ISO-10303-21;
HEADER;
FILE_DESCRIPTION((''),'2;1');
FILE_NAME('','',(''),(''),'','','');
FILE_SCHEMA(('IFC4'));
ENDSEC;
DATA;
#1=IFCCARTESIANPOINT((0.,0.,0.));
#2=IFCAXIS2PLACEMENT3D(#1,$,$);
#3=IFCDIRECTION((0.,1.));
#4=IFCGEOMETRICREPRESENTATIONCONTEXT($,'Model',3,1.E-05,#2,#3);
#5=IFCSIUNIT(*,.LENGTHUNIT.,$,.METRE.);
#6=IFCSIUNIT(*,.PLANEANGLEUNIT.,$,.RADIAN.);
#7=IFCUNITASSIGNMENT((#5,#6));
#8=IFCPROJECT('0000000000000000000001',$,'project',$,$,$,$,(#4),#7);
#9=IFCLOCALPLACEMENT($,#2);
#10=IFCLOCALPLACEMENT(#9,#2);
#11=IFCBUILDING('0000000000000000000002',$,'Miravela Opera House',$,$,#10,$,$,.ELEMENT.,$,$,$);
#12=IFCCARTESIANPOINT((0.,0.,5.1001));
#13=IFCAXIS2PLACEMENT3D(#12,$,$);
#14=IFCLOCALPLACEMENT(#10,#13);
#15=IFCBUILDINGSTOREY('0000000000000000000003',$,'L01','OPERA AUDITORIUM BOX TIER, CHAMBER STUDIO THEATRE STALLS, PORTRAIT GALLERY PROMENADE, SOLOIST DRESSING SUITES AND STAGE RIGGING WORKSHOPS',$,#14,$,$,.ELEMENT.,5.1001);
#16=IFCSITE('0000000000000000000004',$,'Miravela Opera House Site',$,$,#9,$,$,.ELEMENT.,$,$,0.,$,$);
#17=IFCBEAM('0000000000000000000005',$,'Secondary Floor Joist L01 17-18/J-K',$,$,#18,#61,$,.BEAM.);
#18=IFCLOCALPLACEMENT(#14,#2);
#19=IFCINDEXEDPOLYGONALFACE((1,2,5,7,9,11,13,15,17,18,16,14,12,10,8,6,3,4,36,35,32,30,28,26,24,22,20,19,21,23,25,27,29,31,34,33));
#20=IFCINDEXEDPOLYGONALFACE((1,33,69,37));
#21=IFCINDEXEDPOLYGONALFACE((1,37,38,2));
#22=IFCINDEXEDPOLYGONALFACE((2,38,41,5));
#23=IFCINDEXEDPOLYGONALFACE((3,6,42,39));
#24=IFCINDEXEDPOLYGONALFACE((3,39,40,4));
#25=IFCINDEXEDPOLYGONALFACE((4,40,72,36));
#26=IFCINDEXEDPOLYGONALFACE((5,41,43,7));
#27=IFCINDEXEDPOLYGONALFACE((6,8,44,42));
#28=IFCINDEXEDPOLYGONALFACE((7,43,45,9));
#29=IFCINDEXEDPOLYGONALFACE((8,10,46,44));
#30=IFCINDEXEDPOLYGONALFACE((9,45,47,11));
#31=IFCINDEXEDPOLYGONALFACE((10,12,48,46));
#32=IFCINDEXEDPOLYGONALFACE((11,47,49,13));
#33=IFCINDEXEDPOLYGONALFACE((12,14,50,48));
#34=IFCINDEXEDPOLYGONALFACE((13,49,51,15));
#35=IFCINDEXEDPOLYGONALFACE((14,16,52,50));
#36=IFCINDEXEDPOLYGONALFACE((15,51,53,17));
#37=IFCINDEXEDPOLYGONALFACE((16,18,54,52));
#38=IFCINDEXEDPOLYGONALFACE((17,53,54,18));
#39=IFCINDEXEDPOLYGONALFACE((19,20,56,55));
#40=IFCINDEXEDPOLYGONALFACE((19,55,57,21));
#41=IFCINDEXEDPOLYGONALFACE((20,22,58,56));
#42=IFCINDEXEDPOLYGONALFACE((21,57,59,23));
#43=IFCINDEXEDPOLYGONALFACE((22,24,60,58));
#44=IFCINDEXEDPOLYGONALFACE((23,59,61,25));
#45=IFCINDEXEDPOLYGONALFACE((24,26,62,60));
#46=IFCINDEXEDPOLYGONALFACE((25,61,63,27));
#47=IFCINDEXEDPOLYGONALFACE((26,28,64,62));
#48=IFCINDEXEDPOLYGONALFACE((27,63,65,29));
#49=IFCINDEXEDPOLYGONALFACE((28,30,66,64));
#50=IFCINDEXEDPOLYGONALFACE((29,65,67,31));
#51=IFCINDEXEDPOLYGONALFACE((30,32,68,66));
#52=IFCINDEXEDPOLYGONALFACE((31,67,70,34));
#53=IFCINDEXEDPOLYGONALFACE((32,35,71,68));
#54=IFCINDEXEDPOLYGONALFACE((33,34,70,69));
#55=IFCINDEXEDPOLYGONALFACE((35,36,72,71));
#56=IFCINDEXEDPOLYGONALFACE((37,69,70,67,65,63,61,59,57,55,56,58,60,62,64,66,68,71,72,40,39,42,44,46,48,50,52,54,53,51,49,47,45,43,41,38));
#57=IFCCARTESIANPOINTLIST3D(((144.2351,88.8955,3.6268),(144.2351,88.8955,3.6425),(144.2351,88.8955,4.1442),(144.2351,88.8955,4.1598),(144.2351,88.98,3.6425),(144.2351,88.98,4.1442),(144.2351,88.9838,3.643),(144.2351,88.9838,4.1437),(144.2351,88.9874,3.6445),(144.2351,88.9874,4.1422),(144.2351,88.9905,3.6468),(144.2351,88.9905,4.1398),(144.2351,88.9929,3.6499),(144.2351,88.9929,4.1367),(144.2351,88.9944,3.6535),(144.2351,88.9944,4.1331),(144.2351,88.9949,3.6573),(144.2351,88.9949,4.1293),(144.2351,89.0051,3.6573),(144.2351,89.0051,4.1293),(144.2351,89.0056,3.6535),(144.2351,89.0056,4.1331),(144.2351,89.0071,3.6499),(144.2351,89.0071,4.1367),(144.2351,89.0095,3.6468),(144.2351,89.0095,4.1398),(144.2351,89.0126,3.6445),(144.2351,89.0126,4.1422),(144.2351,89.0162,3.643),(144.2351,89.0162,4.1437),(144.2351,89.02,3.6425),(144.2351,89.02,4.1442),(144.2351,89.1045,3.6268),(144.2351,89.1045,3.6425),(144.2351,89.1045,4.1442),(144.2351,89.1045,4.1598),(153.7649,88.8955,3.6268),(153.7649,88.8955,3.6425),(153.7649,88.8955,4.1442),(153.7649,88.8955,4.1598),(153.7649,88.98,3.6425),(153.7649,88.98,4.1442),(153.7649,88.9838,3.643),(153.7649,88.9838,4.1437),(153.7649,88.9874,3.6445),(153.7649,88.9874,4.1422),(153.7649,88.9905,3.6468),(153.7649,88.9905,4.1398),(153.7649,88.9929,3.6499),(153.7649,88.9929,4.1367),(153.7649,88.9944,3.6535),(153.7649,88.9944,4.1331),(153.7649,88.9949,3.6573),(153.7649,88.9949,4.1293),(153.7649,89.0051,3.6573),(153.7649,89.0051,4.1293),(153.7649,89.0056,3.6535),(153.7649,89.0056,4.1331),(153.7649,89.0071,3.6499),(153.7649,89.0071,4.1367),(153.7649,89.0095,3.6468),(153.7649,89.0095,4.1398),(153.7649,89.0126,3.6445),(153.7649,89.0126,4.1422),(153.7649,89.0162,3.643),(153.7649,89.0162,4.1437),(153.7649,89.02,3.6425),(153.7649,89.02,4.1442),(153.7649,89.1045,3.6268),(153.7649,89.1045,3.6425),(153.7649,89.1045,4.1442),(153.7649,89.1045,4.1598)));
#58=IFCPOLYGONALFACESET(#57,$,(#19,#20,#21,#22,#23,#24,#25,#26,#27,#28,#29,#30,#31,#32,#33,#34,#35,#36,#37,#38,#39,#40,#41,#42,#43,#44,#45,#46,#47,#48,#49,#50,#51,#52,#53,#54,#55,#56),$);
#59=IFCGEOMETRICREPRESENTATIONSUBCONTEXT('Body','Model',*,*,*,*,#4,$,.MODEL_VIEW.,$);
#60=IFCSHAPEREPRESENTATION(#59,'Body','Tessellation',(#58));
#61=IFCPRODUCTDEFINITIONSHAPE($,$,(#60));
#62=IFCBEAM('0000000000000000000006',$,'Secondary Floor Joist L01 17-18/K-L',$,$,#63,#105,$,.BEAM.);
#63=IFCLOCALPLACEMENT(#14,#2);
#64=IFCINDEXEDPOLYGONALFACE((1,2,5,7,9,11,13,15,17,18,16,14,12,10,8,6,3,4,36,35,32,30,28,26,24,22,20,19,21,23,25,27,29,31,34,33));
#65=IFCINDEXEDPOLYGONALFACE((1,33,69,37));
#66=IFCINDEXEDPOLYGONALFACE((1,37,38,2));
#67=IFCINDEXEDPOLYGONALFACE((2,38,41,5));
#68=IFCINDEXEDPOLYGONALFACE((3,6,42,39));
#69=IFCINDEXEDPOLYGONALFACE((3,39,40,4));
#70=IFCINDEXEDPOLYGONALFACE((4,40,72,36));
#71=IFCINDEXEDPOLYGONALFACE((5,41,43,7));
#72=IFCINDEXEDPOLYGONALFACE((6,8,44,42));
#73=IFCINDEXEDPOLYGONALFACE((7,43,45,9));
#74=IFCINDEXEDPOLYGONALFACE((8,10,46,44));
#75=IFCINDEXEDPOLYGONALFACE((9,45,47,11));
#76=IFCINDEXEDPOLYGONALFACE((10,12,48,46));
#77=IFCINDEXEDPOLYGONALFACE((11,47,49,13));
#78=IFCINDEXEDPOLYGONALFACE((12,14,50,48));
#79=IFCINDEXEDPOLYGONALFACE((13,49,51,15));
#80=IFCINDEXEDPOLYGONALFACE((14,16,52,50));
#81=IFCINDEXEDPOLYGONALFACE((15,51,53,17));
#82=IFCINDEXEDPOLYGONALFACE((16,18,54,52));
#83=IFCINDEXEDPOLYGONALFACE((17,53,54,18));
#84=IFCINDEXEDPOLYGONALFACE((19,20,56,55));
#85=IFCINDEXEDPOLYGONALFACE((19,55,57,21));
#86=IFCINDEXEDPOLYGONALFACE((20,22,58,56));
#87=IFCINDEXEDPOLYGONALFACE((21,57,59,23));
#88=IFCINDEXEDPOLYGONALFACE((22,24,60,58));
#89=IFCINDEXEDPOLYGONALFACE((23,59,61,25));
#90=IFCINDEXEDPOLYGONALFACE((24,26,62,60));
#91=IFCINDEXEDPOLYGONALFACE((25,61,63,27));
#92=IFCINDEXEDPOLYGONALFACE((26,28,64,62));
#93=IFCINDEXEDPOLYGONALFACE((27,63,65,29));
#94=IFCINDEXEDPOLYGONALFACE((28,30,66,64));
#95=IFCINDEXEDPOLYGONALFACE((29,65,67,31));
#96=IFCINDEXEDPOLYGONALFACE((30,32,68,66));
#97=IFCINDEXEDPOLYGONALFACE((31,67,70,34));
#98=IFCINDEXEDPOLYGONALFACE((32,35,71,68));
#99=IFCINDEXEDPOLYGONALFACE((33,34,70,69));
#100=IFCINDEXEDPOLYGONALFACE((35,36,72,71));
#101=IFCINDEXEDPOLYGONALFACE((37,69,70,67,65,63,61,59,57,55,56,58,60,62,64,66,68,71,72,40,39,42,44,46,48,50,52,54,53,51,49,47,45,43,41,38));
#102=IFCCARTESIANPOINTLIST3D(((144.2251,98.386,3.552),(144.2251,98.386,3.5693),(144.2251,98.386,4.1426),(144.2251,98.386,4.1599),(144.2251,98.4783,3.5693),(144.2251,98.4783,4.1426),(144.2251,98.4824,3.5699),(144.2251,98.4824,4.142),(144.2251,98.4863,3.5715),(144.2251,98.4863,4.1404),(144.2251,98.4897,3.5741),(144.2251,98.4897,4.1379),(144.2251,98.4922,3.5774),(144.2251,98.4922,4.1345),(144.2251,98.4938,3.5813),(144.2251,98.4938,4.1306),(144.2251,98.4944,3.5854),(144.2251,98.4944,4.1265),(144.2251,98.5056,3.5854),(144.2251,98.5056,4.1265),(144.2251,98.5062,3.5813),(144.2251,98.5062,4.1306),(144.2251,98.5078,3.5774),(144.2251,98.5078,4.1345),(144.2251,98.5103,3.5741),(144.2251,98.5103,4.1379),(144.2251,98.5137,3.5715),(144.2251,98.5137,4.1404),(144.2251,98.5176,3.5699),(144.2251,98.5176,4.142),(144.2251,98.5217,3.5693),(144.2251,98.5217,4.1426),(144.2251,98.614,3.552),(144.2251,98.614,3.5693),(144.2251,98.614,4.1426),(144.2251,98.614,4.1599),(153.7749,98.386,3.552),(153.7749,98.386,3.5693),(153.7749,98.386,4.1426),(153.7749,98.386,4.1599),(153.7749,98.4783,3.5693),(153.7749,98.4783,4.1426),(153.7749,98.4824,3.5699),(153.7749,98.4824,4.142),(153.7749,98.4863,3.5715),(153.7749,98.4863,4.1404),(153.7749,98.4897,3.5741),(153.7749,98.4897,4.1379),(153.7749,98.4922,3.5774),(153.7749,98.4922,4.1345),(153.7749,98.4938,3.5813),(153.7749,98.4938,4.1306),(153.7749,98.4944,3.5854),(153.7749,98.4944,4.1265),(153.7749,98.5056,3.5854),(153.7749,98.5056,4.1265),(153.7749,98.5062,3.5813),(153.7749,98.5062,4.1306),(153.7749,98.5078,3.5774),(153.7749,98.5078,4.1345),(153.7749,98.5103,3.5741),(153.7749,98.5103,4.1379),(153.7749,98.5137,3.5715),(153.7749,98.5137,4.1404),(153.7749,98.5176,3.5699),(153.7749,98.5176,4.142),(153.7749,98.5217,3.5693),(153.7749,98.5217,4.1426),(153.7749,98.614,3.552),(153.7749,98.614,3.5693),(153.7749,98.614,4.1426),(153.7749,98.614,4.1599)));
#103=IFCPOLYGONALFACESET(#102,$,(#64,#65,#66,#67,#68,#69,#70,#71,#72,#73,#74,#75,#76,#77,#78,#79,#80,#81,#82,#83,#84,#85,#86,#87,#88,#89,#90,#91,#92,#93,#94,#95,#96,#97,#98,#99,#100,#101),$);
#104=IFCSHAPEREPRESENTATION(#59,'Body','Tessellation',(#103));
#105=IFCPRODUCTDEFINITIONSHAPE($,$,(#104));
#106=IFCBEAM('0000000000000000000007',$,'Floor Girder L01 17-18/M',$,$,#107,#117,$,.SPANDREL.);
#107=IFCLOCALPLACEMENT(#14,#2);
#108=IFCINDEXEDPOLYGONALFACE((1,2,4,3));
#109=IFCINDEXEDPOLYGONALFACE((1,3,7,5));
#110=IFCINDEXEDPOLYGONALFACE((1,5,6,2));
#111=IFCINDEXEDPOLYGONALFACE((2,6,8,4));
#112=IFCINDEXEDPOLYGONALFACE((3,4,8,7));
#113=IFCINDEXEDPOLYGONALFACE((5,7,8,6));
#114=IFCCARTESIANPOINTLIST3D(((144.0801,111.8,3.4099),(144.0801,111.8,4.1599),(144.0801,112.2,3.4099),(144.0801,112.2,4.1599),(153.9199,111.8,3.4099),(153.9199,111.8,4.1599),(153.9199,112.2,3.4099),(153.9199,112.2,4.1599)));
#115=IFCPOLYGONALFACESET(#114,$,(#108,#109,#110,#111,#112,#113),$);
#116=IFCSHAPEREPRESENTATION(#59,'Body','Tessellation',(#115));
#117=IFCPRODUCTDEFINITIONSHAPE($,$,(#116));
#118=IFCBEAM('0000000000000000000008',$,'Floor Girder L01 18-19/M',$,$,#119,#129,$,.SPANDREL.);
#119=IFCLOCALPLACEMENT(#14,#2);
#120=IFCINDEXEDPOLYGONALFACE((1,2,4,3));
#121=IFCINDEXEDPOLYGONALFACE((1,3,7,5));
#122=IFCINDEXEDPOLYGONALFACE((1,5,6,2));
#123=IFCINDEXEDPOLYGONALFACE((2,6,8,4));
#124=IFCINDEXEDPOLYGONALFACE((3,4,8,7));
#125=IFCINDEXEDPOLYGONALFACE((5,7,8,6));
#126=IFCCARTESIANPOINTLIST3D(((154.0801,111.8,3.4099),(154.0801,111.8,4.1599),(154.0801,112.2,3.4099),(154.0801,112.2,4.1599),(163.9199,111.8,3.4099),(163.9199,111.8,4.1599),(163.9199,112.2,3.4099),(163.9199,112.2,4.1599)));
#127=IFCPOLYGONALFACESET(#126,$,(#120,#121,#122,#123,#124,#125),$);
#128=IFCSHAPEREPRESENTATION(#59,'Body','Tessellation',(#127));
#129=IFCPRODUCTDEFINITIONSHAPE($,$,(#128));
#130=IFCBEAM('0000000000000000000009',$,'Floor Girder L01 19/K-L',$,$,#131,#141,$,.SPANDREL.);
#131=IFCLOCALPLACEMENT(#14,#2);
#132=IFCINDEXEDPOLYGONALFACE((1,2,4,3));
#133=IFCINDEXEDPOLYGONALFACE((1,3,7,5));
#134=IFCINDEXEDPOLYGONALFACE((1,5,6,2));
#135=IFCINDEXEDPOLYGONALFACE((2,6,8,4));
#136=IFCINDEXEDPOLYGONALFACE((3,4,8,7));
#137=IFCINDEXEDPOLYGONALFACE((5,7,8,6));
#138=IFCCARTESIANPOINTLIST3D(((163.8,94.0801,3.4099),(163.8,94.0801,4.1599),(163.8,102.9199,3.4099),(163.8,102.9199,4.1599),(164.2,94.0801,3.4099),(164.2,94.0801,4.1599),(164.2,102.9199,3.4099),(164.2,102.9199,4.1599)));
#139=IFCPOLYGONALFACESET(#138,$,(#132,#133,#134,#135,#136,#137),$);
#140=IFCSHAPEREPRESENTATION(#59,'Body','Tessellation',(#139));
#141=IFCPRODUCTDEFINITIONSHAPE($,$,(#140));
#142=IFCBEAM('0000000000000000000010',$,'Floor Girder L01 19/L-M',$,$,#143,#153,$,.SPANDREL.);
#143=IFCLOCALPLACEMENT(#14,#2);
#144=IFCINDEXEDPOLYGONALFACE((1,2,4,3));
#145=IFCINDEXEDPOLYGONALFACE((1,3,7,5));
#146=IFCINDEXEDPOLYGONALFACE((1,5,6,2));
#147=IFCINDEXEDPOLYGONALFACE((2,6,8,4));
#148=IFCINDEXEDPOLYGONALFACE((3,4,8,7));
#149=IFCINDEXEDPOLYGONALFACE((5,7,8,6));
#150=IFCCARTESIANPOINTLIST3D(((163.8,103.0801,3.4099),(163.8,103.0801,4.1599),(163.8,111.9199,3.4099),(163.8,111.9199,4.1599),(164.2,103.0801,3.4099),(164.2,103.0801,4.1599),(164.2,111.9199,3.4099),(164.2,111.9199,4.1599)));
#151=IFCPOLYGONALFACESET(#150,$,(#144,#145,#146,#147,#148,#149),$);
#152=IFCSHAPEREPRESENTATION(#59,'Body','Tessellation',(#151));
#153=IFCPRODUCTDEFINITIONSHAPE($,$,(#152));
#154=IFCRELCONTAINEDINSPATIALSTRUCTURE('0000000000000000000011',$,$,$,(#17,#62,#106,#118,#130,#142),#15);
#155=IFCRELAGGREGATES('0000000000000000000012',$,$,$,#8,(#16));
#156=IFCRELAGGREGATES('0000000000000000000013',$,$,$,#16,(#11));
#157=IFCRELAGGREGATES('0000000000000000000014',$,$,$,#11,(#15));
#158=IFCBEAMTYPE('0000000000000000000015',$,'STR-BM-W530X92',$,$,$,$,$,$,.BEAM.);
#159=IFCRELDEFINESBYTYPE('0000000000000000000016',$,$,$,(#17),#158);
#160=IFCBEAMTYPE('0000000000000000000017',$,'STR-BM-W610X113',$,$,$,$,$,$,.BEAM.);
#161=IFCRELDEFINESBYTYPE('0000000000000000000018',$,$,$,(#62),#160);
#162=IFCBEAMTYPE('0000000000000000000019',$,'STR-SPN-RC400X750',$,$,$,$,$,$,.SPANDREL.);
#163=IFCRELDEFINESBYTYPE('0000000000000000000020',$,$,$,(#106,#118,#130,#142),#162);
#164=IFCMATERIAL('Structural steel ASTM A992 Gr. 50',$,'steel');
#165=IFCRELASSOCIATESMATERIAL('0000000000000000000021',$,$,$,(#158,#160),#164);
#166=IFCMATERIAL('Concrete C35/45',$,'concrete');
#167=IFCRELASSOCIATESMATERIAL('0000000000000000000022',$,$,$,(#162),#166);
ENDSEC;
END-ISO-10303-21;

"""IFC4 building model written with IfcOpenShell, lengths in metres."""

from ifc_helpers import new_model, si_unit, direction, frame, origin, origin_2d, place, context, subcontext, project, spatial, rectangle, i_section, extrude, material, material_profile, profile_set, type_object, element, save


model = new_model("IFC4")

# Units and contexts
model_context = context("Model", 3, precision=1e-05, world=origin(), true_north=direction((0.0, 1.0)))
body_context = subcontext(model_context, "Body", "Model", "MODEL_VIEW")
ifc_project = project(units=[si_unit("LENGTHUNIT", "METRE"), si_unit("PLANEANGLEUNIT", "RADIAN")], contexts=[model_context])

# Site, building, storey
site_placement = place(None, origin())
site = spatial("IfcSite", under=ifc_project, at=site_placement, Name="Miravela Opera House Site", CompositionType="ELEMENT", RefElevation=0.0)
building_placement = place(site_placement, origin())
building = spatial("IfcBuilding", under=site, at=building_placement, Name="Miravela Opera House", CompositionType="ELEMENT")
storey_placement = place(building_placement, frame((0.0, 0.0, 5.1001)))
storey = spatial("IfcBuildingStorey", under=building, at=storey_placement, Name="L01", Description="OPERA AUDITORIUM BOX TIER, CHAMBER STUDIO THEATRE STALLS, PORTRAIT GALLERY PROMENADE, SOLOIST DRESSING SUITES AND STAGE RIGGING WORKSHOPS", CompositionType="ELEMENT", Elevation=5.1001)

# Shared definitions
ifc_material_1 = material(Name="Concrete C35/45", Category="concrete")

# Beams
ifc_material_2 = material(Name="Structural steel ASTM A992 Gr. 50", Category="steel")
ifc_material_profile_1 = material_profile(ifc_material_2, i_section(OverallWidth=0.209, OverallDepth=0.533, WebThickness=0.0103, FlangeThickness=0.0156, FilletRadius=0.0149, at=origin_2d()), Name="W530X92")
ifc_profile_set_1 = profile_set([ifc_material_profile_1])
beam_type_1 = type_object("IfcBeamType", Name="STR-BM-W530X92", PredefinedType="BEAM", material=ifc_profile_set_1)
beam_1_placement = place(storey_placement, frame((144.2351, 89.0, 3.8933), z_axis=(1.0, 0.0, 0.0), x_axis=(0.0, 1.0, 0.0)))
element("IfcBeam", 1, at=beam_1_placement, inside=storey, type_object=beam_type_1, Name="Secondary Floor Joist L01 17-18/J-K", PredefinedType="BEAM", context=body_context, shape_type="SweptSolid", body=[
    extrude(i_section(OverallWidth=0.209, OverallDepth=0.533, WebThickness=0.0103, FlangeThickness=0.0156, FilletRadius=0.0149, at=origin_2d()), origin(), (0.0, 0.0, 1.0), 9.5298),
])
ifc_material_profile_2 = material_profile(ifc_material_2, i_section(OverallWidth=0.228, OverallDepth=0.6079, WebThickness=0.0112, FlangeThickness=0.0173, FilletRadius=0.0161, at=origin_2d()), Name="W610X113")
ifc_profile_set_2 = profile_set([ifc_material_profile_2])
beam_type_2 = type_object("IfcBeamType", Name="STR-BM-W610X113", PredefinedType="BEAM", material=ifc_profile_set_2)
beam_2_placement = place(storey_placement, frame((144.2251, 98.5, 3.856), z_axis=(1.0, 0.0, 0.0), x_axis=(0.0, 1.0, 0.0)))
element("IfcBeam", 2, at=beam_2_placement, inside=storey, type_object=beam_type_2, Name="Secondary Floor Joist L01 17-18/K-L", PredefinedType="BEAM", context=body_context, shape_type="SweptSolid", body=[
    extrude(i_section(OverallWidth=0.228, OverallDepth=0.6079, WebThickness=0.0112, FlangeThickness=0.0173, FilletRadius=0.0161, at=origin_2d()), origin(), (0.0, 0.0, 1.0), 9.5498),
])
ifc_material_profile_3 = material_profile(ifc_material_1, rectangle(XDim=0.3999, YDim=0.75, at=origin_2d()), Name="RC-SPN-400X750")
ifc_profile_set_3 = profile_set([ifc_material_profile_3])
beam_type_3 = type_object("IfcBeamType", Name="STR-SPN-RC400X750", PredefinedType="SPANDREL", material=ifc_profile_set_3)
for number, where, z_axis, x_axis, name in (
    (3, (144.0801, 112.0, 3.7849), (1.0, 0.0, 0.0), (0.0, 1.0, 0.0), "Floor Girder L01 17-18/M"),
    (4, (154.0801, 112.0, 3.7849), (1.0, 0.0, 0.0), (0.0, 1.0, 0.0), "Floor Girder L01 18-19/M"),
):
    element("IfcBeam", number, at=place(storey_placement, frame(where, z_axis=z_axis, x_axis=x_axis)), inside=storey, type_object=beam_type_3, Name=name, PredefinedType="SPANDREL", context=body_context, shape_type="SweptSolid", body=[
        extrude(rectangle(XDim=0.3999, YDim=0.75, at=origin_2d()), origin(), (0.0, 0.0, 1.0), 9.8398),
    ])
for number, where, z_axis, x_axis, name in (
    (5, (164.0, 94.0801, 3.7849), (0.0, 1.0, 0.0), (-1.0, 0.0, 0.0), "Floor Girder L01 19/K-L"),
    (6, (164.0, 103.0801, 3.7849), (0.0, 1.0, 0.0), (-1.0, 0.0, 0.0), "Floor Girder L01 19/L-M"),
):
    element("IfcBeam", number, at=place(storey_placement, frame(where, z_axis=z_axis, x_axis=x_axis)), inside=storey, type_object=beam_type_3, Name=name, PredefinedType="SPANDREL", context=body_context, shape_type="SweptSolid", body=[
        extrude(rectangle(XDim=0.3999, YDim=0.75, at=origin_2d()), origin(), (0.0, 0.0, 1.0), 8.8398),
    ])

save(model, "model.ifc")
